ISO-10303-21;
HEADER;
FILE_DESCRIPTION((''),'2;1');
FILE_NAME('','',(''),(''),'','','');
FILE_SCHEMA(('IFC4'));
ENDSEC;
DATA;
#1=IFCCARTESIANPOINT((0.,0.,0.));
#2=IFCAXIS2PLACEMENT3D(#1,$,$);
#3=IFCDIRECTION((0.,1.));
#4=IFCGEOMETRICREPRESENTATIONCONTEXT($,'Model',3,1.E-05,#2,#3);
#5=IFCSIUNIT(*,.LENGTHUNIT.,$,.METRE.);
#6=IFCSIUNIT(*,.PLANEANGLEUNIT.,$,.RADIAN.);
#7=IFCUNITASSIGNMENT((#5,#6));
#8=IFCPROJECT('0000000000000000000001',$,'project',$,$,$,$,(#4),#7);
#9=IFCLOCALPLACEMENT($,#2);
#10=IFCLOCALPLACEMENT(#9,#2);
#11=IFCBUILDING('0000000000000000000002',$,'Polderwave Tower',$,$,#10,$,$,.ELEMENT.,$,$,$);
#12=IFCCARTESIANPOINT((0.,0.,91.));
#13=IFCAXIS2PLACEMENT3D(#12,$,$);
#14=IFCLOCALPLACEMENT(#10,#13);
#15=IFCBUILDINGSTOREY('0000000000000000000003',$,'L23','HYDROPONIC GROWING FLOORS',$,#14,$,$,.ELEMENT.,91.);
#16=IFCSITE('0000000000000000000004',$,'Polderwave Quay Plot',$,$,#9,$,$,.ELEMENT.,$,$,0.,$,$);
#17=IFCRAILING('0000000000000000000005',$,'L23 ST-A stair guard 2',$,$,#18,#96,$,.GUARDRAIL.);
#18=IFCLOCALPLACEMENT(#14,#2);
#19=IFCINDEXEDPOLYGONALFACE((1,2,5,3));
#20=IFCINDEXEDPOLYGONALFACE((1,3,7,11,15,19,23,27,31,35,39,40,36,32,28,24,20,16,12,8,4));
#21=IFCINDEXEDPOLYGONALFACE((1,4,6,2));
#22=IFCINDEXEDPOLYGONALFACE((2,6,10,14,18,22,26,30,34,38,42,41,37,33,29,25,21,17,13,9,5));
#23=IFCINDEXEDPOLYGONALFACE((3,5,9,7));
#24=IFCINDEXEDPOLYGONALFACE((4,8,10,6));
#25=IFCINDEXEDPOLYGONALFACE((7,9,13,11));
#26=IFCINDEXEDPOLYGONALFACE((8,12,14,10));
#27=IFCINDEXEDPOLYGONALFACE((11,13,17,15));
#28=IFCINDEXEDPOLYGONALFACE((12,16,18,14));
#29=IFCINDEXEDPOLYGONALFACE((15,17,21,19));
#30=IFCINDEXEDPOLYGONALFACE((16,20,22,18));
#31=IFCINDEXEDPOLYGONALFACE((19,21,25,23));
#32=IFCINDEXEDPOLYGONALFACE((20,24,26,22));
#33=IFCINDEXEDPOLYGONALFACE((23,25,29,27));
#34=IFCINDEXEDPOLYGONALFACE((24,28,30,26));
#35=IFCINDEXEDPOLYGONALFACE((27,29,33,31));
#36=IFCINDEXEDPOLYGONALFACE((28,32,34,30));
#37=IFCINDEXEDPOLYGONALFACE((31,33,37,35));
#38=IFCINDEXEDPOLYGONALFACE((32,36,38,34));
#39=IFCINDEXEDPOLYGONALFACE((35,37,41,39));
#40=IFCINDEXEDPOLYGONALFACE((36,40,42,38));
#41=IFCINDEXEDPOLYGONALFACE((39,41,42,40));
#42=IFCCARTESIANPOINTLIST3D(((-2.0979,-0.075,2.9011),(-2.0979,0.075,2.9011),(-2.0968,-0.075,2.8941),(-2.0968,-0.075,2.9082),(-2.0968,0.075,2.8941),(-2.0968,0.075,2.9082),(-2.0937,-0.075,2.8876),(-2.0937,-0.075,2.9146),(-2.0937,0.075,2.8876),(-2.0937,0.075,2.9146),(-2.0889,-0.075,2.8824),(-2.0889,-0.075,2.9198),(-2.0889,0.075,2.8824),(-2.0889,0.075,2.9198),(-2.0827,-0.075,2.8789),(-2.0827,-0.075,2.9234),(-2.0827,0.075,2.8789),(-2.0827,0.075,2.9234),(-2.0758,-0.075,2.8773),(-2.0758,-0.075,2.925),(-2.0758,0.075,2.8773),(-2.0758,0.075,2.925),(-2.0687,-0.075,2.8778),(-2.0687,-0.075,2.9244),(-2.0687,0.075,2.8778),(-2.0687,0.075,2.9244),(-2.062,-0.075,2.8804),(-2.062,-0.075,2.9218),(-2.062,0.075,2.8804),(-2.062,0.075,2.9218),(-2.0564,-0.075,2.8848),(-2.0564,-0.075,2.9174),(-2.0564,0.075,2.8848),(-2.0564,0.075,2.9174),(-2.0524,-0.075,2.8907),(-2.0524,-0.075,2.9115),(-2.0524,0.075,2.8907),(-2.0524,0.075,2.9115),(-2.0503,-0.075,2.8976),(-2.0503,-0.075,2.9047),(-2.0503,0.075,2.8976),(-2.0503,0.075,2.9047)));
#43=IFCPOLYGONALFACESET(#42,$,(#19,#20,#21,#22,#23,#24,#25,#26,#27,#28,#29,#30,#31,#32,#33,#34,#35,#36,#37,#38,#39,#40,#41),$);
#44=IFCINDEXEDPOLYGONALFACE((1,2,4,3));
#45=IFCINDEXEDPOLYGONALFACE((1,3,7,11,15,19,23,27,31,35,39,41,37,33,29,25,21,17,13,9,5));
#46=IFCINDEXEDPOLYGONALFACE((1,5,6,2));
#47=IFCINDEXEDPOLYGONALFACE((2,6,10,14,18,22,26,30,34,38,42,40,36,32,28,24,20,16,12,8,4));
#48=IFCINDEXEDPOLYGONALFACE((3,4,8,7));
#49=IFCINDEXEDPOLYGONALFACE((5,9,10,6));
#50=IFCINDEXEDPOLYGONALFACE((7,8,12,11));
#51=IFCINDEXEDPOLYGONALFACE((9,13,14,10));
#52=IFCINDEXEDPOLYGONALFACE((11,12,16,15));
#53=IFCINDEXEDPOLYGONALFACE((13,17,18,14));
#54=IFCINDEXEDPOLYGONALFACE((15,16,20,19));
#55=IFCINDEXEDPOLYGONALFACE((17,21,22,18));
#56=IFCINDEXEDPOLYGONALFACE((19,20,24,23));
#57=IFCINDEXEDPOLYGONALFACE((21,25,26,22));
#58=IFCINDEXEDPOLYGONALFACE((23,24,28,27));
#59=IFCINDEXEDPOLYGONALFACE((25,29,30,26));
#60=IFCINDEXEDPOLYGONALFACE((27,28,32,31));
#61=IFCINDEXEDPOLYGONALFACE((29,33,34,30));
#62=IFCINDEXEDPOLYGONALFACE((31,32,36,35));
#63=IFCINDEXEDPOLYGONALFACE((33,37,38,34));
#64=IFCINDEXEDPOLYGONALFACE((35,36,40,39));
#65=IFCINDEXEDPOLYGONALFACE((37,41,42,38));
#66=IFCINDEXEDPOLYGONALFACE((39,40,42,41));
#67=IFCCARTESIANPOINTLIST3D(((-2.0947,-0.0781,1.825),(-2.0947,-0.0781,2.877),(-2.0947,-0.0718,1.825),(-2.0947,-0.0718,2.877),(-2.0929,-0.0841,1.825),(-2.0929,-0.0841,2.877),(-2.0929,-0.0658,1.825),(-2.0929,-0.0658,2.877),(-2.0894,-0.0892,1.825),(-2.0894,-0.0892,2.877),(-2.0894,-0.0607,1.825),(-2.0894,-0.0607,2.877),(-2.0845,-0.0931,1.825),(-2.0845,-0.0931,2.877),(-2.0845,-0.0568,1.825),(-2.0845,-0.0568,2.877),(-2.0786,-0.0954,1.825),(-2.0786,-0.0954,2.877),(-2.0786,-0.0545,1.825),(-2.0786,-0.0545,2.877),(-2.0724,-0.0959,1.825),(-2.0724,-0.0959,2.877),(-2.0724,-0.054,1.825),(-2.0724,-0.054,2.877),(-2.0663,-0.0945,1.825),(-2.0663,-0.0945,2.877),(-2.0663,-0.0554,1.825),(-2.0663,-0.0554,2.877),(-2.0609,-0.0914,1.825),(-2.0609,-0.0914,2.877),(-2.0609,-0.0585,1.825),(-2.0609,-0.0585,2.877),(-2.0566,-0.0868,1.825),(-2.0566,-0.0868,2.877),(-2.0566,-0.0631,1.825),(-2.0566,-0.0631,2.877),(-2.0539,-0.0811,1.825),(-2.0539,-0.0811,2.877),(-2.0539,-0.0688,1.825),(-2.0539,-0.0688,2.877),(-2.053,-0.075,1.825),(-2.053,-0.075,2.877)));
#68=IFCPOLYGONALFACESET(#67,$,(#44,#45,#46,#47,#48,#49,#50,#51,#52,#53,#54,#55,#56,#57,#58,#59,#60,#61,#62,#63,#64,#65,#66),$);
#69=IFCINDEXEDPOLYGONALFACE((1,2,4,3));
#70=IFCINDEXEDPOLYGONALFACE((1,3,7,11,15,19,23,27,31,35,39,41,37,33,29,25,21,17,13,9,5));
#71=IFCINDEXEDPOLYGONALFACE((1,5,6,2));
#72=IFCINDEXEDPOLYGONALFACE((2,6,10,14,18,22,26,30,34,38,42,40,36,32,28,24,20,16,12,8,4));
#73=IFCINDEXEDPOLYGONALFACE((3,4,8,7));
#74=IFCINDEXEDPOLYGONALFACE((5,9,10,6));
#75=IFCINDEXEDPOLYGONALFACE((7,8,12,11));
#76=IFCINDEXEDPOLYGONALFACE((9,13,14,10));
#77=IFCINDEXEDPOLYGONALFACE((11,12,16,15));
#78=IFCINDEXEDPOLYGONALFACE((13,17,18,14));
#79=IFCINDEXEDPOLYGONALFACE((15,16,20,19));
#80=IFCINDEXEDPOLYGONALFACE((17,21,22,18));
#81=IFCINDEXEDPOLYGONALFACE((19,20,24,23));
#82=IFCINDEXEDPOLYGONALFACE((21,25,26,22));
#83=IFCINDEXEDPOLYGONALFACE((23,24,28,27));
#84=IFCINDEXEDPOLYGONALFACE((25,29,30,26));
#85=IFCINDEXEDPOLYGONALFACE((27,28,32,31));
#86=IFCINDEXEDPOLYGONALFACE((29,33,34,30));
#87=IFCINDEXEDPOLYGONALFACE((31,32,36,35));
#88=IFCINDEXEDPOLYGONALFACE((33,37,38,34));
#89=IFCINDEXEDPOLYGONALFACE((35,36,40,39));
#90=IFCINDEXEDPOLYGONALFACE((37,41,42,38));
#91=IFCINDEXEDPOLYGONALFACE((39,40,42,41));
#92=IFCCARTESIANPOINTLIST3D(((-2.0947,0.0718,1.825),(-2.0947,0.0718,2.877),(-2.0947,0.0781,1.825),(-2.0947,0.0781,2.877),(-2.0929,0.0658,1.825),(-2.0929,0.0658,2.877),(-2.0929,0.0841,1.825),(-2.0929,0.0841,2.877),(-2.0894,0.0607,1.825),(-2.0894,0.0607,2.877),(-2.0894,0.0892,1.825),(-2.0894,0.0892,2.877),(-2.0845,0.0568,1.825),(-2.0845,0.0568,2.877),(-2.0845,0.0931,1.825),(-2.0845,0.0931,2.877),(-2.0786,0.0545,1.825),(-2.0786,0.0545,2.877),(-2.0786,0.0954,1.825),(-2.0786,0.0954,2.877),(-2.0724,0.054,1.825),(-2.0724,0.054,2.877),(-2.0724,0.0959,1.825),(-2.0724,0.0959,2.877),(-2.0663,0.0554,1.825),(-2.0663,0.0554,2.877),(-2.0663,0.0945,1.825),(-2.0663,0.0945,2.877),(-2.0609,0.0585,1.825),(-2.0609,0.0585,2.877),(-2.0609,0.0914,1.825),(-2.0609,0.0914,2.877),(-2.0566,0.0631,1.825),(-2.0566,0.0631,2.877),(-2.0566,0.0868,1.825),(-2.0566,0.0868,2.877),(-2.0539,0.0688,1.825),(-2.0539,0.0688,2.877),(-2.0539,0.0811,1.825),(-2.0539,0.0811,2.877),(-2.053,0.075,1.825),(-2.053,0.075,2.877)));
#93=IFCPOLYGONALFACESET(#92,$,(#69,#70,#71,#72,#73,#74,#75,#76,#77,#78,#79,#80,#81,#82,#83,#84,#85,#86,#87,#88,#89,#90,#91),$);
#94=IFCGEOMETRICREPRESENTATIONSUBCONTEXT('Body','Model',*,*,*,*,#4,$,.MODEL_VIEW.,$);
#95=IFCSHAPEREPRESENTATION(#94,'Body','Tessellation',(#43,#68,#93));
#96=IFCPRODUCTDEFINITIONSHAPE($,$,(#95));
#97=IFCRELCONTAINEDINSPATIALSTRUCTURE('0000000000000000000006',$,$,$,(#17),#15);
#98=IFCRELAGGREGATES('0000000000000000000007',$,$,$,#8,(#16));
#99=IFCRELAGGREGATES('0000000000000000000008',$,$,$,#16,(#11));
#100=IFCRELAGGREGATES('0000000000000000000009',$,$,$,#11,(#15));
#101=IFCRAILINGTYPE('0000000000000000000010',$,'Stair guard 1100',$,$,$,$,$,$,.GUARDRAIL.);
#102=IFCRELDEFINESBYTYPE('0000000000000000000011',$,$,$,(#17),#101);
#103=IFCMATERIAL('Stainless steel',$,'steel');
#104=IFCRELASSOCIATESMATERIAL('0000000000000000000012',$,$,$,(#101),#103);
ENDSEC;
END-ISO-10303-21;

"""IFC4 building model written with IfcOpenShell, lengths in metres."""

from ifc_helpers import new_model, si_unit, direction, frame, origin, origin_2d, place, context, subcontext, project, spatial, circle, extrude, material, type_object, element, save


model = new_model("IFC4")

# Units and contexts
model_context = context("Model", 3, precision=1e-05, world=origin(), true_north=direction((0.0, 1.0)))
body_context = subcontext(model_context, "Body", "Model", "MODEL_VIEW")
ifc_project = project(units=[si_unit("LENGTHUNIT", "METRE"), si_unit("PLANEANGLEUNIT", "RADIAN")], contexts=[model_context])

# Site, building, storey
site_placement = place(None, origin())
site = spatial("IfcSite", under=ifc_project, at=site_placement, Name="Polderwave Quay Plot", CompositionType="ELEMENT", RefElevation=0.0)
building_placement = place(site_placement, origin())
building = spatial("IfcBuilding", under=site, at=building_placement, Name="Polderwave Tower", CompositionType="ELEMENT")
storey_placement = place(building_placement, frame((0.0, 0.0, 91.0)))
storey = spatial("IfcBuildingStorey", under=building, at=storey_placement, Name="L23", Description="HYDROPONIC GROWING FLOORS", CompositionType="ELEMENT", Elevation=91.0)

# Railing
ifc_material_1 = material(Name="Stainless steel", Category="steel")
railing_type = type_object("IfcRailingType", Name="Stair guard 1100", PredefinedType="GUARDRAIL", material=ifc_material_1)
railing_1_placement = place(storey_placement, frame((-2.074, -0.075, 1.825)))
element("IfcRailing", 1, at=railing_1_placement, inside=storey, type_object=railing_type, Name="L23 ST-A stair guard 2", PredefinedType="GUARDRAIL", context=body_context, shape_type="SweptSolid", body=[
    extrude(circle(Radius=0.0239, at=origin_2d()), frame((0.0, 0.0, 1.0762), z_axis=(0.0, 1.0, 0.0), x_axis=(-1.0, 0.0, 0.0)), (0.0, 0.0, 1.0), 0.1499),
    extrude(circle(Radius=0.021, at=origin_2d()), origin(), (0.0, 0.0, 1.0), 1.052),
    extrude(circle(Radius=0.021, at=origin_2d()), frame((0.0, 0.1499, 0.0)), (0.0, 0.0, 1.0), 1.052),
])

save(model, "model.ifc")
